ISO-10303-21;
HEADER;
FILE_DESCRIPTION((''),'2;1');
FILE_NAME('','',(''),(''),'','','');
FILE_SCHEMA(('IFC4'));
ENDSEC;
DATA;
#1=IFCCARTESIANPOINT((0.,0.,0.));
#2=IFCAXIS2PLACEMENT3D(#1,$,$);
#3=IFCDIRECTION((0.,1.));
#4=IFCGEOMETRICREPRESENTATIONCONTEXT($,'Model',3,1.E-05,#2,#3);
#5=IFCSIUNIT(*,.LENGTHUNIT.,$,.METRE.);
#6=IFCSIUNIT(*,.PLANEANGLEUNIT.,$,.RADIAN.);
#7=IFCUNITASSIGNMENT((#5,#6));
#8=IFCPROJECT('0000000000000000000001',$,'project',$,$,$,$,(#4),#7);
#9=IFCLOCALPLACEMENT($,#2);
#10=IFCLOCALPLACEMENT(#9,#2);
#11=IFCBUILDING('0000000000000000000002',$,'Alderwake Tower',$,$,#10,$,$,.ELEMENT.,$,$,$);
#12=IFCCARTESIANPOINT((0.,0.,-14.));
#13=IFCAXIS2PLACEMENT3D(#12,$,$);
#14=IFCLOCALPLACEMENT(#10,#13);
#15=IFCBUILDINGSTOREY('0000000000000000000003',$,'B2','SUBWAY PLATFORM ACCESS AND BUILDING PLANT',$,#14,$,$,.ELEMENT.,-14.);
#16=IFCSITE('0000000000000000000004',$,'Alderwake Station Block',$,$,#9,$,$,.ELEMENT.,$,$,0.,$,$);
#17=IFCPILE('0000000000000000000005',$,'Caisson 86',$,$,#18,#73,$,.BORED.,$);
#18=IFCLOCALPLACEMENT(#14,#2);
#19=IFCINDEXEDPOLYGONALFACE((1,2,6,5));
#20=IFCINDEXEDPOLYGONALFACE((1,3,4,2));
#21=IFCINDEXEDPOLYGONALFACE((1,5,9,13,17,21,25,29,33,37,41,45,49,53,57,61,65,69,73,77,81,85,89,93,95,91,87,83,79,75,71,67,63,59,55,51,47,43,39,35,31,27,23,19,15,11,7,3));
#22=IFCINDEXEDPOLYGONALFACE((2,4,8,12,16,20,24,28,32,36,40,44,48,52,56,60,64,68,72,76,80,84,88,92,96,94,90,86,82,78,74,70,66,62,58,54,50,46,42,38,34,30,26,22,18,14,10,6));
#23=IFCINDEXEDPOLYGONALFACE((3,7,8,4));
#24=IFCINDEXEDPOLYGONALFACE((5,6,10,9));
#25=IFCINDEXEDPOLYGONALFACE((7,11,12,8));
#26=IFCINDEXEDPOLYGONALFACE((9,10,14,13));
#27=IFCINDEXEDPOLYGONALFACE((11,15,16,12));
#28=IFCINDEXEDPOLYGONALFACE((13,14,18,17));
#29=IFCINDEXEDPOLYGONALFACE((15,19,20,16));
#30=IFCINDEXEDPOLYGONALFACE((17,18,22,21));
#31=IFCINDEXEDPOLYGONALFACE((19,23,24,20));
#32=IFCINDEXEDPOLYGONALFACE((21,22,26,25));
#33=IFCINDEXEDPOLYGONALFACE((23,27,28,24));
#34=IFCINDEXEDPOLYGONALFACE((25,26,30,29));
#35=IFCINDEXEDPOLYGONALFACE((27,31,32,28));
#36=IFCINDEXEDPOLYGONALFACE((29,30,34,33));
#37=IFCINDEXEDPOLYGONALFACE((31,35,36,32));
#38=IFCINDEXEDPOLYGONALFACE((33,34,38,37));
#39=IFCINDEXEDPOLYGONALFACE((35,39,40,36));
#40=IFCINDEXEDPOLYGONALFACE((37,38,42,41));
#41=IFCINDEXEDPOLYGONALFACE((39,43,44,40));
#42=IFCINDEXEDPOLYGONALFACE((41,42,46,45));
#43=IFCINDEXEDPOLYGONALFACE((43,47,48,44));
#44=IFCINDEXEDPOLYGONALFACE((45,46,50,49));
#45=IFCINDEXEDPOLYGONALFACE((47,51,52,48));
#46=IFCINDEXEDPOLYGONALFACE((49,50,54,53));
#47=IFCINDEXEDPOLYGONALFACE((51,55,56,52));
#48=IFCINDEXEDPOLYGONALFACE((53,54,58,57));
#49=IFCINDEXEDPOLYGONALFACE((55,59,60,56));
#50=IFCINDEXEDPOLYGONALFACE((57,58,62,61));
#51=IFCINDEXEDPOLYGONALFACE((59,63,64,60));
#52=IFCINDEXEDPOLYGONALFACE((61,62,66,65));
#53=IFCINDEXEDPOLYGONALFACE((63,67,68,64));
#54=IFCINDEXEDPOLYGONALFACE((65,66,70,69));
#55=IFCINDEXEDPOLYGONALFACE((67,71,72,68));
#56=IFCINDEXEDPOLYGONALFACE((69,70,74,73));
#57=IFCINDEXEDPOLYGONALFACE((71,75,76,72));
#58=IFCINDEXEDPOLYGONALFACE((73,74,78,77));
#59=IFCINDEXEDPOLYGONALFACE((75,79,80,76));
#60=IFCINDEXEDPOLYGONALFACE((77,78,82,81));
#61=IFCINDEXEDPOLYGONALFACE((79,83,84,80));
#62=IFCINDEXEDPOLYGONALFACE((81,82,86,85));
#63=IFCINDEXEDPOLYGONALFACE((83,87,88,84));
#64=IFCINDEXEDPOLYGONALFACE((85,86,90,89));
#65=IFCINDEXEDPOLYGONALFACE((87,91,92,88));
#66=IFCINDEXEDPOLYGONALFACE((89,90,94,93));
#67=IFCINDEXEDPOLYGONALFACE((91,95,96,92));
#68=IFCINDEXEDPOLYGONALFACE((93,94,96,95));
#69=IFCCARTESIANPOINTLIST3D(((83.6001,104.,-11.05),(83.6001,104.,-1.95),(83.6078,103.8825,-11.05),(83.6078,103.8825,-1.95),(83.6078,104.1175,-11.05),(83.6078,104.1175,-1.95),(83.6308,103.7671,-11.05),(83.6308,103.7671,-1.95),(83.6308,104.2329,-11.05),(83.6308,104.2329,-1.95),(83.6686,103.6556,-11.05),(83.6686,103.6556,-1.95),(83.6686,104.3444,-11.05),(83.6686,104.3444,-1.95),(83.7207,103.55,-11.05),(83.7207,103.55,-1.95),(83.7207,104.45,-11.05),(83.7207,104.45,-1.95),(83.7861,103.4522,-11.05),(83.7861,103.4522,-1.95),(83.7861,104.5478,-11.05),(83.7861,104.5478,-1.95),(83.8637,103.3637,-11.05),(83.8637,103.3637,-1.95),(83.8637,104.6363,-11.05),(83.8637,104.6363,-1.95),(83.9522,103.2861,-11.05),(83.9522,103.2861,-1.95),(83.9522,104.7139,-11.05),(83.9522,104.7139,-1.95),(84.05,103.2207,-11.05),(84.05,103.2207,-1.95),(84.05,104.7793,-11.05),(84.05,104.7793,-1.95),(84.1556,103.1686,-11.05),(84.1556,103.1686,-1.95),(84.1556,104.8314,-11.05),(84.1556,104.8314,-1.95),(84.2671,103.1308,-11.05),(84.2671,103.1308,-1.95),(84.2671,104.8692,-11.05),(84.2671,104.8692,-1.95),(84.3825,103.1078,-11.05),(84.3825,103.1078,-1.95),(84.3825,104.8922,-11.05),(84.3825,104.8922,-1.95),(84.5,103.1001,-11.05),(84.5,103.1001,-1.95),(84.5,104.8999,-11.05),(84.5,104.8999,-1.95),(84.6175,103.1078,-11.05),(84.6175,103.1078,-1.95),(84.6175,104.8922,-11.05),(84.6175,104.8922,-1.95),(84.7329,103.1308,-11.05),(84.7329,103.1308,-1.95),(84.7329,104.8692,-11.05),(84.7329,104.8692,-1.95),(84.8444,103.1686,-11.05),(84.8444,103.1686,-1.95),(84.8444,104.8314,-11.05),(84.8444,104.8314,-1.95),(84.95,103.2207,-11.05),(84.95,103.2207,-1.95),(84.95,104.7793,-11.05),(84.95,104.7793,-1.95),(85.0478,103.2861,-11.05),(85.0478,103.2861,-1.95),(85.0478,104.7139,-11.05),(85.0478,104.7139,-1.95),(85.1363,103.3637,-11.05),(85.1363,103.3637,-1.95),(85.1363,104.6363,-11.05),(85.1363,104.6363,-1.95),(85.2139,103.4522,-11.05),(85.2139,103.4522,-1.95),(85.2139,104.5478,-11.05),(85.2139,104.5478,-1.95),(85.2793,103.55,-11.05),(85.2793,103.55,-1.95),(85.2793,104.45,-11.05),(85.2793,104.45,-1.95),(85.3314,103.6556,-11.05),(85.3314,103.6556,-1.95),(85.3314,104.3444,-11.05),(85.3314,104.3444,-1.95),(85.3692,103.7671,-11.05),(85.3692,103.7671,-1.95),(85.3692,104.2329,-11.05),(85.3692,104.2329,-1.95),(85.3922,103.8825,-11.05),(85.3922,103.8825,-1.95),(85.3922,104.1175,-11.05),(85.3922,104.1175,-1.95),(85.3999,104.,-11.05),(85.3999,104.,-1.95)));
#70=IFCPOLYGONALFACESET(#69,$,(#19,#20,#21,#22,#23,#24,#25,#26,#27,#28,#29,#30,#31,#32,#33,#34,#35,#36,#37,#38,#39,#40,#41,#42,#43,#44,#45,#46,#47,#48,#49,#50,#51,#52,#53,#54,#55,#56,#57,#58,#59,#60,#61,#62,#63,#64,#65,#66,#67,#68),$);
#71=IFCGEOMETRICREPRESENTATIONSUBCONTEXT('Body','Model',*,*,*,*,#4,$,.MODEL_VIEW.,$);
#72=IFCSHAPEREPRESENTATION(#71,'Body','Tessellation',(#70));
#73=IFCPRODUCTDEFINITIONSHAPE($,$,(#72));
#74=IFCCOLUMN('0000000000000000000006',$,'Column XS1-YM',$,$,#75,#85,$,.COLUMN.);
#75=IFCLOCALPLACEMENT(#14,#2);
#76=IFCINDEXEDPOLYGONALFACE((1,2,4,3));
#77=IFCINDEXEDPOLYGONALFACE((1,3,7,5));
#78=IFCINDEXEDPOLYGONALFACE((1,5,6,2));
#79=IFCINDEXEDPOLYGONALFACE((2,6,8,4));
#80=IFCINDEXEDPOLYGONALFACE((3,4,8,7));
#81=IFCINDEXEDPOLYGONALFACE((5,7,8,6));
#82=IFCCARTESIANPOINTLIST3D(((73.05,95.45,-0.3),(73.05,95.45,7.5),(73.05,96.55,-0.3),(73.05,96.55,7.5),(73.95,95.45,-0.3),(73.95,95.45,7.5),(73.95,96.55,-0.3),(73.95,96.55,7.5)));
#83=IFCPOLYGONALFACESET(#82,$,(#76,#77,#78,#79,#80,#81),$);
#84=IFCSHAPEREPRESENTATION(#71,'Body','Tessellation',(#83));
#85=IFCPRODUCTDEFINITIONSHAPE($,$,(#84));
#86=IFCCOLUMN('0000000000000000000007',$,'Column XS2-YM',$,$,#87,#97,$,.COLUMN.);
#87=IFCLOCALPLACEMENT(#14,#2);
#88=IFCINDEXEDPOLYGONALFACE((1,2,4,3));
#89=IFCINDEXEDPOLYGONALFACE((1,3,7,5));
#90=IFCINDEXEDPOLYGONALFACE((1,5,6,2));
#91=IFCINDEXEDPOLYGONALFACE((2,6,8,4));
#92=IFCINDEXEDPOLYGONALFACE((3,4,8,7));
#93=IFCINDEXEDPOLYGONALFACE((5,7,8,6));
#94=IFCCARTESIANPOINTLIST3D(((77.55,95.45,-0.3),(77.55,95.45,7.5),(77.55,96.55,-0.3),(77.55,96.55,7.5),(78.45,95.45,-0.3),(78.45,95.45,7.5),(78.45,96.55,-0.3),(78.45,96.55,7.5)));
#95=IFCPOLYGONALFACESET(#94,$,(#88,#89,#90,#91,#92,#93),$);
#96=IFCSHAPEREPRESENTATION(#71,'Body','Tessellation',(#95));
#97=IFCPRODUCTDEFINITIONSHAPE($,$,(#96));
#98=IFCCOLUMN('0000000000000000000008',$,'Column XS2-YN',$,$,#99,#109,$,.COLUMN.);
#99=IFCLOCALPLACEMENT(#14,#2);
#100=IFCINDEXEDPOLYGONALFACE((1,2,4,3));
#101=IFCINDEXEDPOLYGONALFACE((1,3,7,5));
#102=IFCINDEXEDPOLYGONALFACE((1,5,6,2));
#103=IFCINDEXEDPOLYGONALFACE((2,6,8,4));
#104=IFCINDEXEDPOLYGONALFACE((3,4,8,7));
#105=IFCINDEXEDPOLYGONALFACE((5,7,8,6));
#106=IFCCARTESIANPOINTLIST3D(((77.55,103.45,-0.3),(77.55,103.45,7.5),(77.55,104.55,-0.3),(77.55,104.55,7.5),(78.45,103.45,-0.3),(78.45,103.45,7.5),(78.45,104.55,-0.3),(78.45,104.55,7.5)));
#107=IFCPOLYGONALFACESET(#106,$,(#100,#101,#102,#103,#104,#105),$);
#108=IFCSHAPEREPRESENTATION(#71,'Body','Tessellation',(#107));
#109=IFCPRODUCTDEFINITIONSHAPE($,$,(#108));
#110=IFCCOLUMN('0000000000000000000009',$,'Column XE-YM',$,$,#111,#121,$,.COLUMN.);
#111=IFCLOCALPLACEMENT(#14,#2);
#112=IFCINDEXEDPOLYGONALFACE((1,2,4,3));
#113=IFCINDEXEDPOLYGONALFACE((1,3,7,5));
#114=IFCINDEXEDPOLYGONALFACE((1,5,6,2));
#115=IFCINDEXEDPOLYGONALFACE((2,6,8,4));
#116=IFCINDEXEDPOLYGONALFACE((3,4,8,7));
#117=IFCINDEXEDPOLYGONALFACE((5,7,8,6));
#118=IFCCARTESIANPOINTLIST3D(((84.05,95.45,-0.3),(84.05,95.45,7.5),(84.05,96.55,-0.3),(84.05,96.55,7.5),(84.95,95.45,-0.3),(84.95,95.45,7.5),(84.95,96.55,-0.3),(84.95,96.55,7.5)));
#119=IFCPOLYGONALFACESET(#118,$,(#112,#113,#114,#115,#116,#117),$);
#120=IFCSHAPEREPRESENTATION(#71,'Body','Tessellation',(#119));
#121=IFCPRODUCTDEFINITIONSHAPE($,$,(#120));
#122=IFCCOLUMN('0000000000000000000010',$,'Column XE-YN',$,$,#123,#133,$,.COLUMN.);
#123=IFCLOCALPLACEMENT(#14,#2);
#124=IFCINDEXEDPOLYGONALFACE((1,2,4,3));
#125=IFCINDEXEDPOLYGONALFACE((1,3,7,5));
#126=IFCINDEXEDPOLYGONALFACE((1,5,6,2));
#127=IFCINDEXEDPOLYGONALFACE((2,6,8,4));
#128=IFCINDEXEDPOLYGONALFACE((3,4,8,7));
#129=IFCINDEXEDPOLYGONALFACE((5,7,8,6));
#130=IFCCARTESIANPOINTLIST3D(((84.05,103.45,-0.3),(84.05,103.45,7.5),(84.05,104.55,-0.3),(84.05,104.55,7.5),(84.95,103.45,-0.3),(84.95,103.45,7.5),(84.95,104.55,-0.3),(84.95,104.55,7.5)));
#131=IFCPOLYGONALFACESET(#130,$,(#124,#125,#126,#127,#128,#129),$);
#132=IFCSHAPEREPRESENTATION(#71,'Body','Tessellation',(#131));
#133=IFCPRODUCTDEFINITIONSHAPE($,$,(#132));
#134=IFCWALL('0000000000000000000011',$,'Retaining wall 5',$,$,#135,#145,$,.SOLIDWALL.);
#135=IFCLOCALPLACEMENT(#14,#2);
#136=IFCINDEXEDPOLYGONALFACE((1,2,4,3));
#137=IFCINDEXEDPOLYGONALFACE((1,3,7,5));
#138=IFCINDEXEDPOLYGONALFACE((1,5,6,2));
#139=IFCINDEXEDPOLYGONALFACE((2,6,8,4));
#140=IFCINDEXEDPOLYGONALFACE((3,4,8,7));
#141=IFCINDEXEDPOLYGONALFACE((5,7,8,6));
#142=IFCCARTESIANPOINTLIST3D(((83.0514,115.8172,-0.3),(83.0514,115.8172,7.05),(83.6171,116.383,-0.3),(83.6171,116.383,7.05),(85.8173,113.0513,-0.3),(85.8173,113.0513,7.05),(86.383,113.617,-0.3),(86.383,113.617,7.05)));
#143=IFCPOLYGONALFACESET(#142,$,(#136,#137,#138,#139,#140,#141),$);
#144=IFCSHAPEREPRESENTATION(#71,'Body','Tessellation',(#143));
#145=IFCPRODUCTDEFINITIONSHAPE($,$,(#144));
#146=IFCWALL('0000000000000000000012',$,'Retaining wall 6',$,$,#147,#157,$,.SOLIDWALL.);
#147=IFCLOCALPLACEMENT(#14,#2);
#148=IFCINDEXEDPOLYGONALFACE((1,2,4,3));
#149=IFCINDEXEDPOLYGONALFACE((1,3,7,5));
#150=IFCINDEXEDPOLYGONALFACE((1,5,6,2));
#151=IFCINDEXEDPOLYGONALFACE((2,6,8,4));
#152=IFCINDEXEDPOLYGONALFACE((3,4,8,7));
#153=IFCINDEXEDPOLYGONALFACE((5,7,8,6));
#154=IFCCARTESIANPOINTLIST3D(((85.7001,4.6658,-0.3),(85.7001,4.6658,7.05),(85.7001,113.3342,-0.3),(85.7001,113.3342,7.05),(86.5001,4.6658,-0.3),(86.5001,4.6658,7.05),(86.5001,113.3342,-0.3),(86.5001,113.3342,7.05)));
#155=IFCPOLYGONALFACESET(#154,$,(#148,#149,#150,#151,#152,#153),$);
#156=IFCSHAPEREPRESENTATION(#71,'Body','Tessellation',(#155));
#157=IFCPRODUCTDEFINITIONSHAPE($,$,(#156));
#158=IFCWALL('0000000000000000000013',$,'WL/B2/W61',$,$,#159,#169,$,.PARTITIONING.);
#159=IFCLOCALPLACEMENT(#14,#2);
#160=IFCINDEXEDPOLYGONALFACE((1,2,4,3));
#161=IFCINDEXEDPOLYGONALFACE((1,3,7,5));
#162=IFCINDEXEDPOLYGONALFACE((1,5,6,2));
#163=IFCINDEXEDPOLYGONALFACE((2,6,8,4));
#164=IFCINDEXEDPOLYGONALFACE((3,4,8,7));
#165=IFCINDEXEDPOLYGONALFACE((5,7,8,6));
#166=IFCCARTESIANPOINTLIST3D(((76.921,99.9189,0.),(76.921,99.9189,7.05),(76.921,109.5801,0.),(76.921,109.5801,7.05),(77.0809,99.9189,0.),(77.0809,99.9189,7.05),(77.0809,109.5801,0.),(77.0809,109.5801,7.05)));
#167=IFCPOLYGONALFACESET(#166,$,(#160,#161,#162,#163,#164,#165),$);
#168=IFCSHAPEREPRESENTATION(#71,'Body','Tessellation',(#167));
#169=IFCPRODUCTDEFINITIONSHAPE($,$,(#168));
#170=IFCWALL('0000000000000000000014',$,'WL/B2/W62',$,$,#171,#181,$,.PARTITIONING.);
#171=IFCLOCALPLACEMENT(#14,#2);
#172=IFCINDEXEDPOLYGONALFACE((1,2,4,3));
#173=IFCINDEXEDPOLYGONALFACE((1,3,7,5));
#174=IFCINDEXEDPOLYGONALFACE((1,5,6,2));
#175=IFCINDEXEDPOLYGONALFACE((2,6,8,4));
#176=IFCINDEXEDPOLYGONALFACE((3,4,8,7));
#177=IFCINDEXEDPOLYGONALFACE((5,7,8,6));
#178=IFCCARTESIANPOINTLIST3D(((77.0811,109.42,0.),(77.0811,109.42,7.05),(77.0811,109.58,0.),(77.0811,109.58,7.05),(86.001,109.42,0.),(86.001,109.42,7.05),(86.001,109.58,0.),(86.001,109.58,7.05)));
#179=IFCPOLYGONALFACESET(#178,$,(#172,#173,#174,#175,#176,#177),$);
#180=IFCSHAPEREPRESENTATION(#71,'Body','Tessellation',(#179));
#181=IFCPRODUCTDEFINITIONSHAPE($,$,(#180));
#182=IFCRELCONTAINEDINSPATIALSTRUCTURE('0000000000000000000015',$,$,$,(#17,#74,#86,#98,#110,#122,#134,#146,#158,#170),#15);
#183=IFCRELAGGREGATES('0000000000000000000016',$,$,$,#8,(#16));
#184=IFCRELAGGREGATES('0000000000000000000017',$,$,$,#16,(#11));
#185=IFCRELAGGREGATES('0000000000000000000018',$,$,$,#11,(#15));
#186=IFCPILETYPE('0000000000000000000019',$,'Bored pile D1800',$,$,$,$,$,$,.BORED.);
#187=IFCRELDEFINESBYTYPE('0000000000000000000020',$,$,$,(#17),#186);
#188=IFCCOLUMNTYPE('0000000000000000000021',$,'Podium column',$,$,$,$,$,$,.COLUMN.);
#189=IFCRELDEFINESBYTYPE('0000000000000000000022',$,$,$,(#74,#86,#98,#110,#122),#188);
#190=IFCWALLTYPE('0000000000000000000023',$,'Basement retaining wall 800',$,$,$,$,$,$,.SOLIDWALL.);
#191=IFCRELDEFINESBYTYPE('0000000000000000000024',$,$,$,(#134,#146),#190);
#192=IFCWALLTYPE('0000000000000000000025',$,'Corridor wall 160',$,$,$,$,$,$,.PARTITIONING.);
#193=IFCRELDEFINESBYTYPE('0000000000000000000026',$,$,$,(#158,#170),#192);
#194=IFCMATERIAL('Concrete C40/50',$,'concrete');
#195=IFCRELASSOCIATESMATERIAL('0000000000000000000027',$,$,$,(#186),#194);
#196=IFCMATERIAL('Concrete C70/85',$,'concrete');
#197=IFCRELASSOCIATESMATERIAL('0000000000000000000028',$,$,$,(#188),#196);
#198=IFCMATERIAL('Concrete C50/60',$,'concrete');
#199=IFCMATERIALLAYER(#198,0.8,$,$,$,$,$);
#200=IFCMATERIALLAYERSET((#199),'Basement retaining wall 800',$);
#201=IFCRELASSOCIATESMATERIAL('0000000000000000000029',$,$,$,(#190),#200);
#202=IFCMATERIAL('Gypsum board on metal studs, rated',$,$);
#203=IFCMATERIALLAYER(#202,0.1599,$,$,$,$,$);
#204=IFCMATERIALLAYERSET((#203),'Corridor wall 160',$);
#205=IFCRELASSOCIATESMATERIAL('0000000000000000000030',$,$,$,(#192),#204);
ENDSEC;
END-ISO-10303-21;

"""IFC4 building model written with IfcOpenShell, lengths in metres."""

from ifc_helpers import new_model, si_unit, direction, frame, frame_2d, origin, origin_2d, place, context, subcontext, project, spatial, rectangle, circle, extrude, material, layer, layer_set, material_profile, profile_set, type_object, element, save


model = new_model("IFC4")

# Units and contexts
model_context = context("Model", 3, precision=1e-05, world=origin(), true_north=direction((0.0, 1.0)))
body_context = subcontext(model_context, "Body", "Model", "MODEL_VIEW")
ifc_project = project(units=[si_unit("LENGTHUNIT", "METRE"), si_unit("PLANEANGLEUNIT", "RADIAN")], contexts=[model_context])

# Site, building, storey
site_placement = place(None, origin())
site = spatial("IfcSite", under=ifc_project, at=site_placement, Name="Alderwake Station Block", CompositionType="ELEMENT", RefElevation=0.0)
building_placement = place(site_placement, origin())
building = spatial("IfcBuilding", under=site, at=building_placement, Name="Alderwake Tower", CompositionType="ELEMENT")
storey_placement = place(building_placement, frame((0.0, 0.0, -14.0)))
storey = spatial("IfcBuildingStorey", under=building, at=storey_placement, Name="B2", Description="SUBWAY PLATFORM ACCESS AND BUILDING PLANT", CompositionType="ELEMENT", Elevation=-14.0)

# Pile
ifc_material_1 = material(Name="Concrete C40/50", Category="concrete")
ifc_material_profile_1 = material_profile(ifc_material_1, circle(Radius=0.8999, at=origin_2d()), Name="PILE 1800")
ifc_profile_set_1 = profile_set([ifc_material_profile_1], Name="Concrete C40/50")
pile_type = type_object("IfcPileType", Name="Bored pile D1800", PredefinedType="BORED", material=ifc_profile_set_1)
for number, where, z_axis, x_axis, name in (
    (1, (84.5, 104.0, -1.95), (0.0, 0.0, -1.0), (1.0, 0.0, 0.0), "Caisson 86"),
):
    element("IfcPile", number, at=place(storey_placement, frame(where, z_axis=z_axis, x_axis=x_axis)), inside=storey, type_object=pile_type, Name=name, PredefinedType="BORED", context=body_context, shape_type="SweptSolid", body=[
        extrude(circle(Radius=0.8999, at=origin_2d()), origin(), (0.0, 0.0, 1.0), 9.1001),
    ])

# Columns
ifc_material_2 = material(Name="Concrete C70/85", Category="concrete")
ifc_material_profile_2 = material_profile(ifc_material_2, rectangle(XDim=0.8999, YDim=1.1001, at=origin_2d()), Name="RC 1100X900")
ifc_profile_set_2 = profile_set([ifc_material_profile_2], Name="Concrete C70/85")
column_type = type_object("IfcColumnType", Name="Podium column", PredefinedType="COLUMN", material=ifc_profile_set_2)
for number, where, z_axis, x_axis, name in (
    (2, (73.5, 96.0, -0.3), (0.0, 0.0, 1.0), (1.0, 0.0, 0.0), "Column XS1-YM"),
    (3, (78.0, 96.0, -0.3), (0.0, 0.0, 1.0), (1.0, 0.0, 0.0), "Column XS2-YM"),
    (4, (78.0, 104.0, -0.3), (0.0, 0.0, 1.0), (1.0, 0.0, 0.0), "Column XS2-YN"),
    (5, (84.5, 96.0, -0.3), (0.0, 0.0, 1.0), (1.0, 0.0, 0.0), "Column XE-YM"),
    (6, (84.5, 104.0, -0.3), (0.0, 0.0, 1.0), (1.0, 0.0, 0.0), "Column XE-YN"),
):
    element("IfcColumn", number, at=place(storey_placement, frame(where, z_axis=z_axis, x_axis=x_axis)), inside=storey, type_object=column_type, Name=name, PredefinedType="COLUMN", context=body_context, shape_type="SweptSolid", body=[
        extrude(rectangle(XDim=0.8999, YDim=1.1001, at=origin_2d()), origin(), (0.0, 0.0, 1.0), 7.8),
    ])

# Walls
ifc_material_3 = material(Name="Concrete C50/60", Category="concrete")
ifc_layer_1 = layer(ifc_material_3, 0.8)
ifc_layer_set_1 = layer_set([ifc_layer_1], Name="Basement retaining wall 800")
wall_type_1 = type_object("IfcWallType", Name="Basement retaining wall 800", PredefinedType="SOLIDWALL", material=ifc_layer_set_1)
wall_1_placement = place(storey_placement, frame((83.3342, 116.1001, -0.3), z_axis=(0.0, 0.0, 1.0), x_axis=(0.707107, -0.707107, 0.0)))
element("IfcWall", 7, at=wall_1_placement, inside=storey, type_object=wall_type_1, Name="Retaining wall 5", PredefinedType="SOLIDWALL", context=body_context, shape_type="SweptSolid", body=[
    extrude(rectangle(XDim=3.9116, YDim=0.8, at=frame_2d((1.9558, 0.0))), origin(), (0.0, 0.0, 1.0), 7.3501),
])
wall_2_placement = place(storey_placement, frame((86.1001, 113.3342, -0.3), z_axis=(0.0, 0.0, 1.0), x_axis=(0.0, -1.0, 0.0)))
element("IfcWall", 8, at=wall_2_placement, inside=storey, type_object=wall_type_1, Name="Retaining wall 6", PredefinedType="SOLIDWALL", context=body_context, shape_type="SweptSolid", body=[
    extrude(rectangle(XDim=108.6685, YDim=0.8, at=frame_2d((54.3342, 0.0))), origin(), (0.0, 0.0, 1.0), 7.3501),
])
ifc_material_4 = material(Name="Gypsum board on metal studs, rated")
ifc_layer_2 = layer(ifc_material_4, 0.1599)
ifc_layer_set_2 = layer_set([ifc_layer_2], Name="Corridor wall 160")
wall_type_2 = type_object("IfcWallType", Name="Corridor wall 160", PredefinedType="PARTITIONING", material=ifc_layer_set_2)
wall_3_placement = place(storey_placement, frame((77.001, 99.9189, 0.0), z_axis=(0.0, 0.0, 1.0), x_axis=(0.0, 1.0, 0.0)))
element("IfcWall", 9, at=wall_3_placement, inside=storey, type_object=wall_type_2, Name="WL/B2/W61", PredefinedType="PARTITIONING", context=body_context, shape_type="SweptSolid", body=[
    extrude(rectangle(XDim=9.6611, YDim=0.1599, at=frame_2d((4.8306, 0.0))), origin(), (0.0, 0.0, 1.0), 7.05),
])
wall_4_placement = place(storey_placement, frame((77.0811, 109.5, 0.0), z_axis=(0.0, 0.0, 1.0), x_axis=(1.0, 0.0, 0.0)))
element("IfcWall", 10, at=wall_4_placement, inside=storey, type_object=wall_type_2, Name="WL/B2/W62", PredefinedType="PARTITIONING", context=body_context, shape_type="SweptSolid", body=[
    extrude(rectangle(XDim=8.9199, YDim=0.1599, at=frame_2d((4.46, 0.0))), origin(), (0.0, 0.0, 1.0), 7.05),
])

save(model, "model.ifc")
